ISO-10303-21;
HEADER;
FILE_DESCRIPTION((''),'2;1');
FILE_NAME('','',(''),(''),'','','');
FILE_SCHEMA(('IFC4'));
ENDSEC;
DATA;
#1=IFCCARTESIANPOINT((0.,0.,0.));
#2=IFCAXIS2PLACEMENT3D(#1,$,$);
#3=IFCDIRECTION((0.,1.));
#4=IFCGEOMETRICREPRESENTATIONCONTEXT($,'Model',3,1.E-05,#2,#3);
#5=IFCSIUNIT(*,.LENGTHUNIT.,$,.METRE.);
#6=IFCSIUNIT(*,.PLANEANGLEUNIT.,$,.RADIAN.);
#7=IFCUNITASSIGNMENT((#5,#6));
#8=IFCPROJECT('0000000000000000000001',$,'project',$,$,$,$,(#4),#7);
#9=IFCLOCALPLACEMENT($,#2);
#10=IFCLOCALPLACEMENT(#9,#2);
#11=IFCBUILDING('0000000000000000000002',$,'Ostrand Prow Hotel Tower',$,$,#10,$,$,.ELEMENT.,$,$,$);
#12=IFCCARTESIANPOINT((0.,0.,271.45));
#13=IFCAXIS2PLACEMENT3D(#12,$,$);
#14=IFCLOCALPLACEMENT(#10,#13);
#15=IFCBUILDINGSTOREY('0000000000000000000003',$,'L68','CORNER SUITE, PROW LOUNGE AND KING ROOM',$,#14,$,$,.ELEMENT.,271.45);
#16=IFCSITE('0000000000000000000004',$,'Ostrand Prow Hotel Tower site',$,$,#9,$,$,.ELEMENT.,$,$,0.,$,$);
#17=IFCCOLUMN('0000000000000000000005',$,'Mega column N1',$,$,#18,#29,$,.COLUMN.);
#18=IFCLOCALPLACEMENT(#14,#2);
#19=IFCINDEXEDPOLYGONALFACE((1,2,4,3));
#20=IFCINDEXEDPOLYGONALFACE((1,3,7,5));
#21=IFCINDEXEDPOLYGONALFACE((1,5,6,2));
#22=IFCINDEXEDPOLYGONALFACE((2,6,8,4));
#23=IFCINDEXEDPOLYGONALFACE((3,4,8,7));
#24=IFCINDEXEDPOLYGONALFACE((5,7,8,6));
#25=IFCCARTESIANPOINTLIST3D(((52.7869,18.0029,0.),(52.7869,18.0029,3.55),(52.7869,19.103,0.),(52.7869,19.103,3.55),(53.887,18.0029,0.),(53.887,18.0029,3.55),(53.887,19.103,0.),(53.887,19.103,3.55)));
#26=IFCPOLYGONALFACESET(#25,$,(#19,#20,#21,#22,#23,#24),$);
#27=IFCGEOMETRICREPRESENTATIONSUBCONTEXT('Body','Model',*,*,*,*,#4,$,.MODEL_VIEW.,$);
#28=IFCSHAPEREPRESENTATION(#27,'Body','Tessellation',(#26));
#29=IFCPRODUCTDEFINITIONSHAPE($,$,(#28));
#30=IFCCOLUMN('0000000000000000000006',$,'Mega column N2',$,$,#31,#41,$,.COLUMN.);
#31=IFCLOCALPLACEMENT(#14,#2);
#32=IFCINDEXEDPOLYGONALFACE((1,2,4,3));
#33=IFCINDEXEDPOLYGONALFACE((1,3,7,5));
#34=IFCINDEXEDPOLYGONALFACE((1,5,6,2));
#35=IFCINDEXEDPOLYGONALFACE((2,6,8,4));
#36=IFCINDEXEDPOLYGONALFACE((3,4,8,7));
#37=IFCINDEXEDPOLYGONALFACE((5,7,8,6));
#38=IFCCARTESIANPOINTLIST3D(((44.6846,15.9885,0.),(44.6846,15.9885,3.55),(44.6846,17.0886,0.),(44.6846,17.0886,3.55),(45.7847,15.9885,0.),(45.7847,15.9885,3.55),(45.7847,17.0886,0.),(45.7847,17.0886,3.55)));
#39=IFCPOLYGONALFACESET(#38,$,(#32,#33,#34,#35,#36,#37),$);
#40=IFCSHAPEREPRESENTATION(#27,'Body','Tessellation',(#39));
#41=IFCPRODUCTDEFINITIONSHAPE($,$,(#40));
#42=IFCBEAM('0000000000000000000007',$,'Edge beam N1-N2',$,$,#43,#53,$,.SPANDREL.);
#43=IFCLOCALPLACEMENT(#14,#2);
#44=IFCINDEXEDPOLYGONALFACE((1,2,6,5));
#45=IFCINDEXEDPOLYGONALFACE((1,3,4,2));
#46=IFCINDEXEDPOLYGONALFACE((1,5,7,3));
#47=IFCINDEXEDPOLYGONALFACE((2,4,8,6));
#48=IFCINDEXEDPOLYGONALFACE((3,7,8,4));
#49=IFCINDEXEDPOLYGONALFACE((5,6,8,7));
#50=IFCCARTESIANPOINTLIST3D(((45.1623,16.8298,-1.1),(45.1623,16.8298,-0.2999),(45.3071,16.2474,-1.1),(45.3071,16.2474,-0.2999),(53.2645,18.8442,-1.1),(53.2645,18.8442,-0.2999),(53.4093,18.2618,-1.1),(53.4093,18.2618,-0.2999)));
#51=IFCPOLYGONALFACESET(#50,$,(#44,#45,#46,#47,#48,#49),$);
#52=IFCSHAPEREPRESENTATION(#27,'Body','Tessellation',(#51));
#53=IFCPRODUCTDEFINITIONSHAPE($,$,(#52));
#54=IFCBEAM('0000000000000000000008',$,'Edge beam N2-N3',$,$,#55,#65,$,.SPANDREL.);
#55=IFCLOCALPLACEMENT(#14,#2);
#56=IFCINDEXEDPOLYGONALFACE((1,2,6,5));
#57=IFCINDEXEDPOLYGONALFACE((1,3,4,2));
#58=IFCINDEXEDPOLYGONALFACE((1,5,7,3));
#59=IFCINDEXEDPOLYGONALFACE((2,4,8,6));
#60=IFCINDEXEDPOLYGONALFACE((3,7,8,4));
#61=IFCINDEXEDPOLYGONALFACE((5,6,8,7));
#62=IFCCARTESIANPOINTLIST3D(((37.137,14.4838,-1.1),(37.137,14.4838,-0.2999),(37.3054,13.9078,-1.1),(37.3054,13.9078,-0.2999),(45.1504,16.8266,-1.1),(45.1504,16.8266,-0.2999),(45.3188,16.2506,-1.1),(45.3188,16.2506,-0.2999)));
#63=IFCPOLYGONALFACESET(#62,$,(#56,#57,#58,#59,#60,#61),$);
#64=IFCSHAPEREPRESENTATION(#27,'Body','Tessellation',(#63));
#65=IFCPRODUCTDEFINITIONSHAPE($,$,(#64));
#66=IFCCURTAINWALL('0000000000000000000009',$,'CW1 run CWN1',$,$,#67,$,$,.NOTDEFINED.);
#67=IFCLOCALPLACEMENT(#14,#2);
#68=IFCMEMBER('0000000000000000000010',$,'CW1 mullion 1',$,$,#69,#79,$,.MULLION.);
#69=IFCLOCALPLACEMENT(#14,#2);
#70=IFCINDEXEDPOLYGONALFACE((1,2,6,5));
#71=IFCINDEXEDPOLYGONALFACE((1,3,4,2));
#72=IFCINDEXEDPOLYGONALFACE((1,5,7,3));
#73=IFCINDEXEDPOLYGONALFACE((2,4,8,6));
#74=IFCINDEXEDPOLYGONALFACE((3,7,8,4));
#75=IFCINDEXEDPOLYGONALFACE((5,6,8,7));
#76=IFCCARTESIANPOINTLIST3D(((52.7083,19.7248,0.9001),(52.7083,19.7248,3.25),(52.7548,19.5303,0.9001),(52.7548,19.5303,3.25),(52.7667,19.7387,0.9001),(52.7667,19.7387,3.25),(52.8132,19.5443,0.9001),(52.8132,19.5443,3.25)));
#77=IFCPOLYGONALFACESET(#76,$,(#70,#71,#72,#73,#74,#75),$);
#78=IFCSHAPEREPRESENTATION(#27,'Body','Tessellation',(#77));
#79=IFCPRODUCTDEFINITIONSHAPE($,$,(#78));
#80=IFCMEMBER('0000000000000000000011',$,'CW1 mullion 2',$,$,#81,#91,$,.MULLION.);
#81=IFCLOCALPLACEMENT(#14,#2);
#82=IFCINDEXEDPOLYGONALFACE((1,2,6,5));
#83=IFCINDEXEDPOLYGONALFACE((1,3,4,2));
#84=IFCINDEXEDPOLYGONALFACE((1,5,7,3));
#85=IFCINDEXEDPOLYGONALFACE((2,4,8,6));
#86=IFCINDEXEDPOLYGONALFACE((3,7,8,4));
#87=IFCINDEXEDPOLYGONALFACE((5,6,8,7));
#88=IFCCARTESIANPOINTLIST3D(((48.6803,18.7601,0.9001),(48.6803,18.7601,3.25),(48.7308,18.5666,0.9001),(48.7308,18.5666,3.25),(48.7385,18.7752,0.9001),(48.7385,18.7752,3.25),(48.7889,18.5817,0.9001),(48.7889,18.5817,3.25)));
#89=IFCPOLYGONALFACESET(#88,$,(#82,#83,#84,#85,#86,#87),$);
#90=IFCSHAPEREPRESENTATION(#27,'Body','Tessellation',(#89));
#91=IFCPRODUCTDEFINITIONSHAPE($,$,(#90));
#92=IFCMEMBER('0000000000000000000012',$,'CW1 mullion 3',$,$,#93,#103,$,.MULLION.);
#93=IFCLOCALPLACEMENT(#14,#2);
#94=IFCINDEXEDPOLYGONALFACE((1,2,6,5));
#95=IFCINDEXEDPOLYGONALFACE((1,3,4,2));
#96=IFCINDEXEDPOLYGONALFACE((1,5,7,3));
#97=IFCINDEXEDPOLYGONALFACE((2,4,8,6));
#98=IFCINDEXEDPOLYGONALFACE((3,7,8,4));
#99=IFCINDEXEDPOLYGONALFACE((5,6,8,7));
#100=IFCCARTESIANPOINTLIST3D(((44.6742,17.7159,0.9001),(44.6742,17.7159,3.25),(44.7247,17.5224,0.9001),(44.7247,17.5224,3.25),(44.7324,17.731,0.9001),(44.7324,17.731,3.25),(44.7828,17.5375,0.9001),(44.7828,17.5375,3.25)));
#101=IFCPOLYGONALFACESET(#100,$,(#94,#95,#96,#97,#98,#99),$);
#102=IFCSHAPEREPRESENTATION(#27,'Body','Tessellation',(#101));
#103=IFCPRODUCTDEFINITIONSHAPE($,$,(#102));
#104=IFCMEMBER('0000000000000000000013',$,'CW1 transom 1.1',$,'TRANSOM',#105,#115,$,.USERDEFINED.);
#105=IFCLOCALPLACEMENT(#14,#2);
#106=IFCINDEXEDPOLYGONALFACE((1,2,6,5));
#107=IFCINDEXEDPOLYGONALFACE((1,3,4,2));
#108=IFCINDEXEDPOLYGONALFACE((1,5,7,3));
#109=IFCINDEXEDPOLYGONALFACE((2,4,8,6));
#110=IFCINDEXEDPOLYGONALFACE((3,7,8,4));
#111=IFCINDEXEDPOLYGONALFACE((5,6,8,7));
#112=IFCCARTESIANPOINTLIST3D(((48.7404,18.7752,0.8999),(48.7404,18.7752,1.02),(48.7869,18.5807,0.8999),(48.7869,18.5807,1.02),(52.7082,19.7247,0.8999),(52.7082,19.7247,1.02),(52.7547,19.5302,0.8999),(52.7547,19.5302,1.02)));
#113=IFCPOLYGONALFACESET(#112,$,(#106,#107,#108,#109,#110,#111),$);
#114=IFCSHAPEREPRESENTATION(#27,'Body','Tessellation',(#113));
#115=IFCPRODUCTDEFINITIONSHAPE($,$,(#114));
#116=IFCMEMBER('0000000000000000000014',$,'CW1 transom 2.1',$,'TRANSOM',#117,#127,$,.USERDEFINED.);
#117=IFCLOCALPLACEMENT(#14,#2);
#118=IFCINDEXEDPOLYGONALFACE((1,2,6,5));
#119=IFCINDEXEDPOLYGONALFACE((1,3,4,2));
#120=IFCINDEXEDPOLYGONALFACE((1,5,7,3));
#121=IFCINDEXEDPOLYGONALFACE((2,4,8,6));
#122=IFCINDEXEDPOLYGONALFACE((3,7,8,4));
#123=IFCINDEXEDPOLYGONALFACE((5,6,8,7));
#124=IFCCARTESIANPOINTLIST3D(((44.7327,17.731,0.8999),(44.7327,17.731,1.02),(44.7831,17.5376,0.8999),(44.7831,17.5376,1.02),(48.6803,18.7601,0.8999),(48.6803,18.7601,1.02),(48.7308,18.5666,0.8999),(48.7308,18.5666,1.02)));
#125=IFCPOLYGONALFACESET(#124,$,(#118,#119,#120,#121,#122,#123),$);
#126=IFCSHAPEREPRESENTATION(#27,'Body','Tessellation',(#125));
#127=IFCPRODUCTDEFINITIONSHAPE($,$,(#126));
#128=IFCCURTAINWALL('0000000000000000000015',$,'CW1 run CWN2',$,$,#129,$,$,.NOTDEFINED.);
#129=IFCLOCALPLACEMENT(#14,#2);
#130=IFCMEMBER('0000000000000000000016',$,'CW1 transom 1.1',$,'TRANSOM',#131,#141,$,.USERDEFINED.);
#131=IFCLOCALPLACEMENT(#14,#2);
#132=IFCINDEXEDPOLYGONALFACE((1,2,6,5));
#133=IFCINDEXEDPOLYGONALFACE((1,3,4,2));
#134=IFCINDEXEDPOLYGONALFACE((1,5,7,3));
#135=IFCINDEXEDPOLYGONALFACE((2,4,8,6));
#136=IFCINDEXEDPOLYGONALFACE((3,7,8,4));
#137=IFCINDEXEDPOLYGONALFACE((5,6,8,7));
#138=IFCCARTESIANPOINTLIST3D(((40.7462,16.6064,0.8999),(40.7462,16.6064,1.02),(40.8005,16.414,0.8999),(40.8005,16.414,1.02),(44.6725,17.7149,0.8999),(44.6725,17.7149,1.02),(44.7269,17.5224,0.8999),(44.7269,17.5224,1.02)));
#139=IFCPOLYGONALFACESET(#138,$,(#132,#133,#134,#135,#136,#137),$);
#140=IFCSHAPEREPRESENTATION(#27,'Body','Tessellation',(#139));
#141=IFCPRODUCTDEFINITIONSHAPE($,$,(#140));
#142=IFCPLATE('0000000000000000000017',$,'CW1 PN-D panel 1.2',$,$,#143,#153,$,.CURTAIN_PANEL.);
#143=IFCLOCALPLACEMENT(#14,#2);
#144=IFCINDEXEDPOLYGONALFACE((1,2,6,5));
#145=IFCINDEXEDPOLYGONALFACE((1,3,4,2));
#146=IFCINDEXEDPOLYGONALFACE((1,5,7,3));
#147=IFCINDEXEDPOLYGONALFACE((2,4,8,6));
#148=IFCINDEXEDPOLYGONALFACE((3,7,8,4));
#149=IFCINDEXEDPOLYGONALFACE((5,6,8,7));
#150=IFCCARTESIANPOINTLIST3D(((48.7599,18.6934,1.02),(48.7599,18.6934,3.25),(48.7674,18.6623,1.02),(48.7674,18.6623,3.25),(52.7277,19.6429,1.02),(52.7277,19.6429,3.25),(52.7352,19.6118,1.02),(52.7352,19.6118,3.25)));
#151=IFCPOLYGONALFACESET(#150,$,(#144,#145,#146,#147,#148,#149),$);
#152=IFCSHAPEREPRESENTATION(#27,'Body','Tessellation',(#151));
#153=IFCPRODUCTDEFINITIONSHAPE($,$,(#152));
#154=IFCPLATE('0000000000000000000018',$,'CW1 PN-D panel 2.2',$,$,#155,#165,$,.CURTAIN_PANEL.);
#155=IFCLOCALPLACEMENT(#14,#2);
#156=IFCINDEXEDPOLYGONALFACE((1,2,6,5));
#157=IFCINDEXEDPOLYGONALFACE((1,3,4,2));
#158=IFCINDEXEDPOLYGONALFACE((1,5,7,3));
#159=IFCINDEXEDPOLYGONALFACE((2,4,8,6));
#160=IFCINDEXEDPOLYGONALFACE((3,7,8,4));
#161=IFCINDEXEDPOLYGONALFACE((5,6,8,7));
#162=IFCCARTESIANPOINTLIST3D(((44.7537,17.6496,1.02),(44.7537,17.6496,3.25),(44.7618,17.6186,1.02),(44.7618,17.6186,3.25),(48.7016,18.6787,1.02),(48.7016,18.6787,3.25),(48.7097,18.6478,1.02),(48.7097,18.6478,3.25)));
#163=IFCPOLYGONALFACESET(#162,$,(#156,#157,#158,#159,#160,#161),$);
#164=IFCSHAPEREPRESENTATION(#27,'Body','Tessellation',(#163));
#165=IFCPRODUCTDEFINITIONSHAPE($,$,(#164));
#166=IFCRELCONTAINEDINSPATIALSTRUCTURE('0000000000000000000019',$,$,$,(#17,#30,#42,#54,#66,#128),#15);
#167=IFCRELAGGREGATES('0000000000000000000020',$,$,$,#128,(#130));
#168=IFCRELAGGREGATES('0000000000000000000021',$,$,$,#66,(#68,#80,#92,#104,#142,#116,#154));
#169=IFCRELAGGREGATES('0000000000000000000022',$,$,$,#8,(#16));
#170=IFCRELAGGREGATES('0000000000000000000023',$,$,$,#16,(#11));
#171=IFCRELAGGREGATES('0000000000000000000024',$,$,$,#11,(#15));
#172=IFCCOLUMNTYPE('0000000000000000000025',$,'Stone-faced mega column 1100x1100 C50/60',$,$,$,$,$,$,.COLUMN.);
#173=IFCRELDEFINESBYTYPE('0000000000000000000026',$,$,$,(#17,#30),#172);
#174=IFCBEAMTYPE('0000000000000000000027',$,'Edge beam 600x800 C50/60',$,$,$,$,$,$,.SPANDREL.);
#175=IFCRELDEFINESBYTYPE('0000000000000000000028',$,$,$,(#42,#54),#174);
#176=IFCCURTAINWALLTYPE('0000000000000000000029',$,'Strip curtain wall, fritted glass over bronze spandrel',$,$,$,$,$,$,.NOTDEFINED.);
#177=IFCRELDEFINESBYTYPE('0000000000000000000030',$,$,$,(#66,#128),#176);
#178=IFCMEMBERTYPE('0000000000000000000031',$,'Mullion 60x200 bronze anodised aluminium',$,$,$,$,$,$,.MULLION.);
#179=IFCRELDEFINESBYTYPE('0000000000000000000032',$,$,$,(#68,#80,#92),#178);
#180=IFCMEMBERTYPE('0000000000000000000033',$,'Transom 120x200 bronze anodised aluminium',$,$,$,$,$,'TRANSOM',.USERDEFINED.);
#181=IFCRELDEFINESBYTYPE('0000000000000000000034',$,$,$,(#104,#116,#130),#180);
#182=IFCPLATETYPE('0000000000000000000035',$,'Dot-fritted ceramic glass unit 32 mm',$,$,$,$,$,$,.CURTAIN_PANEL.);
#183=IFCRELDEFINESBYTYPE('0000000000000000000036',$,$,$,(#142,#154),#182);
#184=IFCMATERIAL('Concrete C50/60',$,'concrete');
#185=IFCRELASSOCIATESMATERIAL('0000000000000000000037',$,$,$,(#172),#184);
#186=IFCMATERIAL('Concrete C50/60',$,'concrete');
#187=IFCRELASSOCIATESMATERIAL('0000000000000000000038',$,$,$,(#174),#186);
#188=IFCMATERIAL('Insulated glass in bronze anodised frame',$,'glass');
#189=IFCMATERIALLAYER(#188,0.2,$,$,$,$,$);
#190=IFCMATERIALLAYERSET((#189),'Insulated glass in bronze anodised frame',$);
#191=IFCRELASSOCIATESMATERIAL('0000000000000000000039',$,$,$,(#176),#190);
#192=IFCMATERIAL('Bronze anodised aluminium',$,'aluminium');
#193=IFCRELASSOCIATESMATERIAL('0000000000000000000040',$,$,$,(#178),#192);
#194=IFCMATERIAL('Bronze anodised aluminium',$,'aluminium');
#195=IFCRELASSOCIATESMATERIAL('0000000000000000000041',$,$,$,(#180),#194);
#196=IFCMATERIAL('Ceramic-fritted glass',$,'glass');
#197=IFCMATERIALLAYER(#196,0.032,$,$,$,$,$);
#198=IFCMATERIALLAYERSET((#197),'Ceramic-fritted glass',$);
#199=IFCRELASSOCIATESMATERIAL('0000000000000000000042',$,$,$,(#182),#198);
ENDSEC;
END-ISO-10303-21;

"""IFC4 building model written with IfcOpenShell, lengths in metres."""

from ifc_helpers import new_model, si_unit, direction, frame, origin, origin_2d, place, context, subcontext, project, spatial, rectangle, extrude, material, layer, layer_set, material_profile, profile_set, type_object, element, aggregate, save


model = new_model("IFC4")

# Units and contexts
model_context = context("Model", 3, precision=1e-05, world=origin(), true_north=direction((0.0, 1.0)))
body_context = subcontext(model_context, "Body", "Model", "MODEL_VIEW")
ifc_project = project(units=[si_unit("LENGTHUNIT", "METRE"), si_unit("PLANEANGLEUNIT", "RADIAN")], contexts=[model_context])

# Site, building, storey
site_placement = place(None, origin())
site = spatial("IfcSite", under=ifc_project, at=site_placement, Name="Ostrand Prow Hotel Tower site", CompositionType="ELEMENT", RefElevation=0.0)
building_placement = place(site_placement, origin())
building = spatial("IfcBuilding", under=site, at=building_placement, Name="Ostrand Prow Hotel Tower", CompositionType="ELEMENT")
storey_placement = place(building_placement, frame((0.0, 0.0, 271.45)))
storey = spatial("IfcBuildingStorey", under=building, at=storey_placement, Name="L68", Description="CORNER SUITE, PROW LOUNGE AND KING ROOM", CompositionType="ELEMENT", Elevation=271.45)

# Columns
ifc_material_1 = material(Name="Concrete C50/60", Category="concrete")
ifc_material_profile_1 = material_profile(ifc_material_1, rectangle(XDim=1.1001, YDim=1.1001, at=origin_2d()), Name="RC 1100x1100")
ifc_profile_set_1 = profile_set([ifc_material_profile_1], Name="Concrete C50/60")
column_type = type_object("IfcColumnType", Name="Stone-faced mega column 1100x1100 C50/60", PredefinedType="COLUMN", material=ifc_profile_set_1)
for number, where, z_axis, x_axis, name in (
    (1, (53.3369, 18.553, 0.0), (0.0, 0.0, 1.0), (1.0, 0.0, 0.0), "Mega column N1"),
    (2, (45.2346, 16.5386, 0.0), (0.0, 0.0, 1.0), (1.0, 0.0, 0.0), "Mega column N2"),
):
    element("IfcColumn", number, at=place(storey_placement, frame(where, z_axis=z_axis, x_axis=x_axis)), inside=storey, type_object=column_type, Name=name, PredefinedType="COLUMN", context=body_context, shape_type="SweptSolid", body=[
        extrude(rectangle(XDim=1.1001, YDim=1.1001, at=origin_2d()), origin(), (0.0, 0.0, 1.0), 3.55),
    ])

# Beams
ifc_material_2 = material(Name="Concrete C50/60", Category="concrete")
ifc_material_profile_2 = material_profile(ifc_material_2, rectangle(XDim=0.6001, YDim=0.8, at=origin_2d()), Name="RC 600x800")
ifc_profile_set_2 = profile_set([ifc_material_profile_2], Name="Concrete C50/60")
beam_type = type_object("IfcBeamType", Name="Edge beam 600x800 C50/60", PredefinedType="SPANDREL", material=ifc_profile_set_2)
for number, where, z_axis, x_axis, name in (
    (3, (53.3369, 18.553, -0.7), (-0.970456, -0.241276, 0.0), (0.241276, -0.970456, 0.0), "Edge beam N1-N2"),
    (4, (45.2346, 16.5386, -0.7), (-0.959822, -0.28061, 0.0), (0.28061, -0.959822, 0.0), "Edge beam N2-N3"),
):
    element("IfcBeam", number, at=place(storey_placement, frame(where, z_axis=z_axis, x_axis=x_axis)), inside=storey, type_object=beam_type, Name=name, PredefinedType="SPANDREL", context=body_context, shape_type="SweptSolid", body=[
        extrude(rectangle(XDim=0.6001, YDim=0.8, at=origin_2d()), origin(), (0.0, 0.0, 1.0), 8.3489),
    ])

# Curtain wall, members
ifc_material_3 = material(Name="Insulated glass in bronze anodised frame", Category="glass")
ifc_layer_1 = layer(ifc_material_3, 0.2)
ifc_layer_set_1 = layer_set([ifc_layer_1], Name="Insulated glass in bronze anodised frame")
curtain_wall_type = type_object("IfcCurtainWallType", Name="Strip curtain wall, fritted glass over bronze spandrel", PredefinedType="NOTDEFINED", material=ifc_layer_set_1)
curtain_wall_1_placement = place(storey_placement, origin())
curtain_wall_1 = element("IfcCurtainWall", 5, at=curtain_wall_1_placement, inside=storey, type_object=curtain_wall_type, Name="CW1 run CWN1", PredefinedType="NOTDEFINED")
ifc_material_4 = material(Name="Bronze anodised aluminium", Category="aluminium")
ifc_material_profile_3 = material_profile(ifc_material_4, rectangle(XDim=0.2, YDim=0.0601, at=origin_2d()), Name="Mullion 60x200 bronze anodised aluminium")
ifc_profile_set_3 = profile_set([ifc_material_profile_3], Name="Bronze anodised aluminium")
member_type_1 = type_object("IfcMemberType", Name="Mullion 60x200 bronze anodised aluminium", PredefinedType="MULLION", material=ifc_profile_set_3)
member_1_placement = place(storey_placement, frame((52.7607, 19.6345, 0.9001), z_axis=(0.0, 0.0, 1.0), x_axis=(0.232746, -0.972538, 0.0)))
member_1 = element("IfcMember", 6, at=member_1_placement, type_object=member_type_1, Name="CW1 mullion 1", PredefinedType="MULLION", context=body_context, shape_type="SweptSolid", body=[
    extrude(rectangle(XDim=0.2, YDim=0.0601, at=origin_2d()), origin(), (0.0, 0.0, 1.0), 2.3499),
])
member_2_placement = place(storey_placement, frame((48.7346, 18.6709, 0.9001), z_axis=(0.0, 0.0, 1.0), x_axis=(0.252248, -0.967663, 0.0)))
member_2 = element("IfcMember", 7, at=member_2_placement, type_object=member_type_1, Name="CW1 mullion 2", PredefinedType="MULLION", context=body_context, shape_type="SweptSolid", body=[
    extrude(rectangle(XDim=0.2, YDim=0.0601, at=origin_2d()), origin(), (0.0, 0.0, 1.0), 2.3499),
])
member_3_placement = place(storey_placement, frame((44.7285, 17.6267, 0.9001), z_axis=(0.0, 0.0, 1.0), x_axis=(0.252248, -0.967663, 0.0)))
member_3 = element("IfcMember", 8, at=member_3_placement, type_object=member_type_1, Name="CW1 mullion 3", PredefinedType="MULLION", context=body_context, shape_type="SweptSolid", body=[
    extrude(rectangle(XDim=0.2, YDim=0.0601, at=origin_2d()), origin(), (0.0, 0.0, 1.0), 2.3499),
])
ifc_material_5 = material(Name="Bronze anodised aluminium", Category="aluminium")
ifc_material_profile_4 = material_profile(ifc_material_5, rectangle(XDim=0.2, YDim=0.1201, at=origin_2d()), Name="Transom 120x200 bronze anodised aluminium")
ifc_profile_set_4 = profile_set([ifc_material_profile_4], Name="Bronze anodised aluminium")
member_type_2 = type_object("IfcMemberType", Name="Transom 120x200 bronze anodised aluminium", ElementType="TRANSOM", PredefinedType="USERDEFINED", material=ifc_profile_set_4)
member_4_placement = place(storey_placement, frame((52.7314, 19.6274, 0.96), z_axis=(-0.972543, -0.232723, 0.0), x_axis=(0.232723, -0.972543, 0.0)))
member_4 = element("IfcMember", 9, at=member_4_placement, type_object=member_type_2, Name="CW1 transom 1.1", ObjectType="TRANSOM", PredefinedType="USERDEFINED", context=body_context, shape_type="SweptSolid", body=[
    extrude(rectangle(XDim=0.2, YDim=0.1201, at=origin_2d()), origin(), (0.0, 0.0, 1.0), 4.0798),
])
member_5_placement = place(storey_placement, frame((48.7056, 18.6633, 0.96), z_axis=(-0.967665, -0.252239, 0.0), x_axis=(0.252239, -0.967665, 0.0)))
member_5 = element("IfcMember", 10, at=member_5_placement, type_object=member_type_2, Name="CW1 transom 2.1", ObjectType="TRANSOM", PredefinedType="USERDEFINED", context=body_context, shape_type="SweptSolid", body=[
    extrude(rectangle(XDim=0.2, YDim=0.1201, at=origin_2d()), origin(), (0.0, 0.0, 1.0), 4.0796),
])

# Curtain wall, member
curtain_wall_2_placement = place(storey_placement, origin())
curtain_wall_2 = element("IfcCurtainWall", 11, at=curtain_wall_2_placement, inside=storey, type_object=curtain_wall_type, Name="CW1 run CWN2", PredefinedType="NOTDEFINED")
member_6_placement = place(storey_placement, frame((44.6997, 17.6187, 0.96), z_axis=(-0.962386, -0.271685, 0.0), x_axis=(0.271685, -0.962386, 0.0)))
member_6 = element("IfcMember", 12, at=member_6_placement, type_object=member_type_2, Name="CW1 transom 1.1", ObjectType="TRANSOM", PredefinedType="USERDEFINED", context=body_context, shape_type="SweptSolid", body=[
    extrude(rectangle(XDim=0.2, YDim=0.1201, at=origin_2d()), origin(), (0.0, 0.0, 1.0), 4.0798),
])
aggregate(curtain_wall_2, [member_6])

# Plates
ifc_material_6 = material(Name="Ceramic-fritted glass", Category="glass")
ifc_layer_2 = layer(ifc_material_6, 0.032)
ifc_layer_set_2 = layer_set([ifc_layer_2], Name="Ceramic-fritted glass")
plate_type = type_object("IfcPlateType", Name="Dot-fritted ceramic glass unit 32 mm", PredefinedType="CURTAIN_PANEL", material=ifc_layer_set_2)
plate_1_placement = place(storey_placement, frame((50.7476, 19.1526, 1.02), z_axis=(0.0, 0.0, 1.0), x_axis=(-0.972538, -0.232746, 0.0)))
plate_1 = element("IfcPlate", 13, at=plate_1_placement, type_object=plate_type, Name="CW1 PN-D panel 1.2", PredefinedType="CURTAIN_PANEL", context=body_context, shape_type="SweptSolid", body=[
    extrude(rectangle(XDim=4.0798, YDim=0.032, at=origin_2d()), origin(), (0.0, 0.0, 1.0), 2.23),
])
plate_2_placement = place(storey_placement, frame((46.7317, 18.1487, 1.02), z_axis=(0.0, 0.0, 1.0), x_axis=(-0.967663, -0.252248, 0.0)))
plate_2 = element("IfcPlate", 14, at=plate_2_placement, type_object=plate_type, Name="CW1 PN-D panel 2.2", PredefinedType="CURTAIN_PANEL", context=body_context, shape_type="SweptSolid", body=[
    extrude(rectangle(XDim=4.0798, YDim=0.032, at=origin_2d()), origin(), (0.0, 0.0, 1.0), 2.23),
])
aggregate(curtain_wall_1, [member_1, member_2, member_3, member_4, plate_1, member_5, plate_2])

save(model, "model.ifc")
